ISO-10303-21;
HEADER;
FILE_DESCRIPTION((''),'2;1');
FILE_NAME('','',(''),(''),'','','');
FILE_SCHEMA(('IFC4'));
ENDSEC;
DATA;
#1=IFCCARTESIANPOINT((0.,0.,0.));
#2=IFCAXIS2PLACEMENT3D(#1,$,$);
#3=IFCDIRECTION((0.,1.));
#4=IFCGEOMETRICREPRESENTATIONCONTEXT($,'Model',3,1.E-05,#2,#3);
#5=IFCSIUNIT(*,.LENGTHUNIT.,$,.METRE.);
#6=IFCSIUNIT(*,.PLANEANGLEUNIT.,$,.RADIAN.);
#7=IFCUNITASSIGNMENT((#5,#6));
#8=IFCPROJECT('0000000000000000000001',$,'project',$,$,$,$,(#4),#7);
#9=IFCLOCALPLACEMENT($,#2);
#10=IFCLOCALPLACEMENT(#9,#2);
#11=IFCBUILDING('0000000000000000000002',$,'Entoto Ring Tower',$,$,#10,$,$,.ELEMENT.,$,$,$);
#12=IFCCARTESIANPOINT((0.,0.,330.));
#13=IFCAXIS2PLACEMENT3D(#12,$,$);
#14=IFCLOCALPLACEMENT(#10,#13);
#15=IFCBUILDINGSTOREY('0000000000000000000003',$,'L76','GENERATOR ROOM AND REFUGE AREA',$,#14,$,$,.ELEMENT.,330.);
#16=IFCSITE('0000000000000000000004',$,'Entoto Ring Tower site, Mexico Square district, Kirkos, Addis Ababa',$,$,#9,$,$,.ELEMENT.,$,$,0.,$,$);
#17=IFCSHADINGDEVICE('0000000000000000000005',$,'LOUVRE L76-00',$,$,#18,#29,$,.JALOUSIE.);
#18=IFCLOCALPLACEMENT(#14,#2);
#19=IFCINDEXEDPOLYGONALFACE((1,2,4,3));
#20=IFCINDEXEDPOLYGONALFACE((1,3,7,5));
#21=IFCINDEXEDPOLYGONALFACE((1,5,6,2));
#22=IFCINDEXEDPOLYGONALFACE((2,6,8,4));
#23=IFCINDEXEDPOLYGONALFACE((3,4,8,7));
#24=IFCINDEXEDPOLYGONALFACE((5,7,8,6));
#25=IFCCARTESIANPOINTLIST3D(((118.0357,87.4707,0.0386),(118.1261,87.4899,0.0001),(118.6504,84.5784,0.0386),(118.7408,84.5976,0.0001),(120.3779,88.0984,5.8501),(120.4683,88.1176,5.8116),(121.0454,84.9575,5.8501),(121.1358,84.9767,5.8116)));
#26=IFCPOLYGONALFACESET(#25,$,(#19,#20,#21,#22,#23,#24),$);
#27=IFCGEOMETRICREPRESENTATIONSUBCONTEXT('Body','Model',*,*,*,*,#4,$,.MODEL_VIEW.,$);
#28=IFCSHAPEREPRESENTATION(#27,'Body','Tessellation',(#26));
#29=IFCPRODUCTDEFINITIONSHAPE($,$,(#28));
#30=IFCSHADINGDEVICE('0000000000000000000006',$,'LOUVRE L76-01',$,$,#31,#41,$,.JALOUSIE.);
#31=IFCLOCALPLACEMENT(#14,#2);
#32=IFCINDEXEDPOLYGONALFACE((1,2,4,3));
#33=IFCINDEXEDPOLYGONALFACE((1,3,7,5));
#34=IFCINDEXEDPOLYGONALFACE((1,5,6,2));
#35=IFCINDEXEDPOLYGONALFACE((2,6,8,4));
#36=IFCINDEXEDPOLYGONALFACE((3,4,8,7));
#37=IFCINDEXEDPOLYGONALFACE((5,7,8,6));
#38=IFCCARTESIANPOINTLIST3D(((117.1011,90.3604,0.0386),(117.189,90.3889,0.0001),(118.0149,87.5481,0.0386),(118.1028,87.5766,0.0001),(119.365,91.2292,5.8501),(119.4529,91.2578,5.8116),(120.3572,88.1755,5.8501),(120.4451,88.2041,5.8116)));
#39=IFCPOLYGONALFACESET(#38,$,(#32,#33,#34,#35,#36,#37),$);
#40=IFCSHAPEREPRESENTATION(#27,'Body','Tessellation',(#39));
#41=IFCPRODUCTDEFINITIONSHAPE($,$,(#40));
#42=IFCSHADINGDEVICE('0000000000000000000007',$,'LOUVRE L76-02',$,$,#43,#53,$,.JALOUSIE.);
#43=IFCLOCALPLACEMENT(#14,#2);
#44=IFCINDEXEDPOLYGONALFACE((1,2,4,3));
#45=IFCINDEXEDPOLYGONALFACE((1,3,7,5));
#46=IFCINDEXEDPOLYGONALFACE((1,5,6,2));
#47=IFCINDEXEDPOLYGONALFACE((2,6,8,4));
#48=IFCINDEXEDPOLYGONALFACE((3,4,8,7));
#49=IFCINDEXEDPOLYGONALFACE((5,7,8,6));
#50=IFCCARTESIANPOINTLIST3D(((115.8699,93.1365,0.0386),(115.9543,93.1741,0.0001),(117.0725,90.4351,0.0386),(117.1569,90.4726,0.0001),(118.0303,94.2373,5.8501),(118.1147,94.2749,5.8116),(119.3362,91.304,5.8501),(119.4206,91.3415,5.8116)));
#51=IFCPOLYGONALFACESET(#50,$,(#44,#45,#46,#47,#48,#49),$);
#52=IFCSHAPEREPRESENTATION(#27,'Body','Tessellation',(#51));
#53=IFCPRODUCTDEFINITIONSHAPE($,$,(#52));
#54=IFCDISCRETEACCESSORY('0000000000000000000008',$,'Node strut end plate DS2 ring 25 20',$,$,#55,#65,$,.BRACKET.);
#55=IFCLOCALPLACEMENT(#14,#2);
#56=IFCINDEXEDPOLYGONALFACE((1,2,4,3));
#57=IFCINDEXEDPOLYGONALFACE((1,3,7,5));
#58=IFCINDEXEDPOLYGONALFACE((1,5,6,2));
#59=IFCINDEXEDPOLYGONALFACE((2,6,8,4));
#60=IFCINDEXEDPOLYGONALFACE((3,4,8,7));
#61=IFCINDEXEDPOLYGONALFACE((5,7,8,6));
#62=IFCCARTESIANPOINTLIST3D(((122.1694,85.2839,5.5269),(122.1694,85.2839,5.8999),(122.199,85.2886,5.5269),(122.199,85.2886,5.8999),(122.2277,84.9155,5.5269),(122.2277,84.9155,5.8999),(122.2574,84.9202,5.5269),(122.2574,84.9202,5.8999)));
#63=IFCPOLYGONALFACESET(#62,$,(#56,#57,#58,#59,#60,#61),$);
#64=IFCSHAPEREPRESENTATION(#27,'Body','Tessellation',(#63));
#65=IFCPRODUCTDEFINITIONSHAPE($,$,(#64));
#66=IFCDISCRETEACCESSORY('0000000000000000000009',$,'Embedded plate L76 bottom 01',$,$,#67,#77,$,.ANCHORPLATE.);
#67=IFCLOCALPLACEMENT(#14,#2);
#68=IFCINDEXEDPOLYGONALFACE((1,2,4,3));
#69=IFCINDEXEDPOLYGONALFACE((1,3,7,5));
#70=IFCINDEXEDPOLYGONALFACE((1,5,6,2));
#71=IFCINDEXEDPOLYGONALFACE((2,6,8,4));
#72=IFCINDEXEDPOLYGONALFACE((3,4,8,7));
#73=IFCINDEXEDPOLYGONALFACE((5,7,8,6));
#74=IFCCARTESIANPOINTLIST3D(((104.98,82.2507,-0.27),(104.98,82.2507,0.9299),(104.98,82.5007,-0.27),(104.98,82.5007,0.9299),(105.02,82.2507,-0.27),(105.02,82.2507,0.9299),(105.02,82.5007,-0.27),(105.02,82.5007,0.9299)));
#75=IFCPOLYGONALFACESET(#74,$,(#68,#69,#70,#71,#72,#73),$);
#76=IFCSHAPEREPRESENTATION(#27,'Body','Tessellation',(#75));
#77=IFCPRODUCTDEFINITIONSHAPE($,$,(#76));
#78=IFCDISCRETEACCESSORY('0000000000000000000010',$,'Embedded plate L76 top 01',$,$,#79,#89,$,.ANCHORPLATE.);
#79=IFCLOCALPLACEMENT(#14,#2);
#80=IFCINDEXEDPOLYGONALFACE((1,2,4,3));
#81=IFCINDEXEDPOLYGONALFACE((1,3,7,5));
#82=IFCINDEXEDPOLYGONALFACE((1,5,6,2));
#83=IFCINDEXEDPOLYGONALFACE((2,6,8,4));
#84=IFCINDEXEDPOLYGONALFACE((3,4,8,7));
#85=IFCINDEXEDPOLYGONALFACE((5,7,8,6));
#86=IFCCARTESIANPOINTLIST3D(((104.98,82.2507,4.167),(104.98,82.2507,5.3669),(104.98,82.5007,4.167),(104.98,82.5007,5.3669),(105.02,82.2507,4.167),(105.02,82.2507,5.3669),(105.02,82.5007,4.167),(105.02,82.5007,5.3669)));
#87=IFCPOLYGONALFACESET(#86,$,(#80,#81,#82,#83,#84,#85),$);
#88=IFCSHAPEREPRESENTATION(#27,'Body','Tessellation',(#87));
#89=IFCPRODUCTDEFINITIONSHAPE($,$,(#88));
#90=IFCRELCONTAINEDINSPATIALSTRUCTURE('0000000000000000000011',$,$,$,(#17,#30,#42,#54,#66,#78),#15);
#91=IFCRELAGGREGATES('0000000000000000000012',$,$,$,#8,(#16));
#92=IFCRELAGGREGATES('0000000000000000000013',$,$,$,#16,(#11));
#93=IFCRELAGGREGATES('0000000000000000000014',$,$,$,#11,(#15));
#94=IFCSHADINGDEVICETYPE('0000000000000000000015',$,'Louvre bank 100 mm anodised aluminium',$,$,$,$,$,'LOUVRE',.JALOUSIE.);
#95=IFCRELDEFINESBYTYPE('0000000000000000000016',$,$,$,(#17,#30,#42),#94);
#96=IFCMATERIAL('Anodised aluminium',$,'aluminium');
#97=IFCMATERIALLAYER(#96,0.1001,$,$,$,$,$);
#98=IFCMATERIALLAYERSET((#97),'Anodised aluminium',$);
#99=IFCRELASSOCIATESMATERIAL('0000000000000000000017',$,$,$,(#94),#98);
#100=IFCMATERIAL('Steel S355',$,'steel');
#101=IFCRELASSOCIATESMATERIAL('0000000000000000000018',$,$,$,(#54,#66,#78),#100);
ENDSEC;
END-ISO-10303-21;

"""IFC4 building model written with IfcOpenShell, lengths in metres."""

from ifc_helpers import new_model, si_unit, direction, frame, origin, origin_2d, place, context, subcontext, project, spatial, polyline, rectangle, outline, extrude, material, layer, layer_set, type_object, element, save


model = new_model("IFC4")

# Units and contexts
model_context = context("Model", 3, precision=1e-05, world=origin(), true_north=direction((0.0, 1.0)))
body_context = subcontext(model_context, "Body", "Model", "MODEL_VIEW")
ifc_project = project(units=[si_unit("LENGTHUNIT", "METRE"), si_unit("PLANEANGLEUNIT", "RADIAN")], contexts=[model_context])

# Site, building, storey
site_placement = place(None, origin())
site = spatial("IfcSite", under=ifc_project, at=site_placement, Name="Entoto Ring Tower site, Mexico Square district, Kirkos, Addis Ababa", CompositionType="ELEMENT", RefElevation=0.0)
building_placement = place(site_placement, origin())
building = spatial("IfcBuilding", under=site, at=building_placement, Name="Entoto Ring Tower", CompositionType="ELEMENT")
storey_placement = place(building_placement, frame((0.0, 0.0, 330.0)))
storey = spatial("IfcBuildingStorey", under=building, at=storey_placement, Name="L76", Description="GENERATOR ROOM AND REFUGE AREA", CompositionType="ELEMENT", Elevation=330.0)

# Shading devices
ifc_material_1 = material(Name="Anodised aluminium", Category="aluminium")
ifc_layer_1 = layer(ifc_material_1, 0.1001)
ifc_layer_set_1 = layer_set([ifc_layer_1], Name="Anodised aluminium")
shading_device_type = type_object("IfcShadingDeviceType", Name="Louvre bank 100 mm anodised aluminium", ElementType="LOUVRE", PredefinedType="JALOUSIE", material=ifc_layer_set_1)
shading_device_1_placement = place(storey_placement, frame((118.6504, 84.5784, 0.0386), z_axis=(-0.902906, -0.191893, 0.384628), x_axis=(-0.207887, 0.978153, -0.000005)))
element("IfcShadingDevice", 1, at=shading_device_1_placement, inside=storey, type_object=shading_device_type, Name="LOUVRE L76-00", PredefinedType="JALOUSIE", context=body_context, shape_type="SweptSolid", body=[
    extrude(outline(polyline([(0.0, 0.0), (2.9569, 0.0), (3.084, -6.2959), (-0.1271, -6.2958), (0.0, 0.0)])), origin(), (0.0, 0.0, -1.0), 0.1001),
])
shading_device_2_placement = place(storey_placement, frame((118.0149, 87.5481, 0.0386), z_axis=(-0.877891, -0.28525, 0.38463), x_axis=(-0.309024, 0.951054, -0.000005)))
element("IfcShadingDevice", 2, at=shading_device_2_placement, inside=storey, type_object=shading_device_type, Name="LOUVRE L76-01", PredefinedType="JALOUSIE", context=body_context, shape_type="SweptSolid", body=[
    extrude(outline(polyline([(0.0, 0.0), (2.957, 0.0), (3.0837, -6.2959), (-0.1271, -6.2958), (0.0, 0.0)])), origin(), (0.0, 0.0, -1.0), 0.1001),
])
shading_device_3_placement = place(storey_placement, frame((117.0725, 90.4351, 0.0386), z_axis=(-0.843289, -0.375425, 0.384603), x_axis=(-0.406707, 0.913559, 0.000001)))
element("IfcShadingDevice", 3, at=shading_device_3_placement, inside=storey, type_object=shading_device_type, Name="LOUVRE L76-02", PredefinedType="JALOUSIE", context=body_context, shape_type="SweptSolid", body=[
    extrude(outline(polyline([(0.0, 0.0), (2.957, 0.0), (3.0841, -6.2958), (-0.1269, -6.2958), (0.0, 0.0)])), origin(), (0.0, 0.0, -1.0), 0.1001),
])

# Discrete accessories
ifc_material_2 = material(Name="Steel S355", Category="steel")
discrete_accessory_placement = place(storey_placement, frame((122.2134, 85.1021, 5.5269), z_axis=(0.0, 0.0, 1.0), x_axis=(0.987688, 0.156434, 0.0)))
element("IfcDiscreteAccessory", 4, at=discrete_accessory_placement, inside=storey, material=ifc_material_2, Name="Node strut end plate DS2 ring 25 20", PredefinedType="BRACKET", context=body_context, shape_type="SweptSolid", body=[
    extrude(rectangle(XDim=0.03, YDim=0.373, at=origin_2d()), origin(), (0.0, 0.0, 1.0), 0.373),
])
for number, where, z_axis, x_axis, name in (
    (5, (105.0, 82.3757, -0.27), (0.0, 0.0, 1.0), (1.0, 0.0, 0.0), "Embedded plate L76 bottom 01"),
    (6, (105.0, 82.3757, 4.167), (0.0, 0.0, 1.0), (1.0, 0.0, 0.0), "Embedded plate L76 top 01"),
):
    element("IfcDiscreteAccessory", number, at=place(storey_placement, frame(where, z_axis=z_axis, x_axis=x_axis)), inside=storey, material=ifc_material_2, Name=name, PredefinedType="ANCHORPLATE", context=body_context, shape_type="SweptSolid", body=[
        extrude(rectangle(XDim=0.04, YDim=0.25, at=origin_2d()), origin(), (0.0, 0.0, 1.0), 1.2),
    ])

save(model, "model.ifc")
